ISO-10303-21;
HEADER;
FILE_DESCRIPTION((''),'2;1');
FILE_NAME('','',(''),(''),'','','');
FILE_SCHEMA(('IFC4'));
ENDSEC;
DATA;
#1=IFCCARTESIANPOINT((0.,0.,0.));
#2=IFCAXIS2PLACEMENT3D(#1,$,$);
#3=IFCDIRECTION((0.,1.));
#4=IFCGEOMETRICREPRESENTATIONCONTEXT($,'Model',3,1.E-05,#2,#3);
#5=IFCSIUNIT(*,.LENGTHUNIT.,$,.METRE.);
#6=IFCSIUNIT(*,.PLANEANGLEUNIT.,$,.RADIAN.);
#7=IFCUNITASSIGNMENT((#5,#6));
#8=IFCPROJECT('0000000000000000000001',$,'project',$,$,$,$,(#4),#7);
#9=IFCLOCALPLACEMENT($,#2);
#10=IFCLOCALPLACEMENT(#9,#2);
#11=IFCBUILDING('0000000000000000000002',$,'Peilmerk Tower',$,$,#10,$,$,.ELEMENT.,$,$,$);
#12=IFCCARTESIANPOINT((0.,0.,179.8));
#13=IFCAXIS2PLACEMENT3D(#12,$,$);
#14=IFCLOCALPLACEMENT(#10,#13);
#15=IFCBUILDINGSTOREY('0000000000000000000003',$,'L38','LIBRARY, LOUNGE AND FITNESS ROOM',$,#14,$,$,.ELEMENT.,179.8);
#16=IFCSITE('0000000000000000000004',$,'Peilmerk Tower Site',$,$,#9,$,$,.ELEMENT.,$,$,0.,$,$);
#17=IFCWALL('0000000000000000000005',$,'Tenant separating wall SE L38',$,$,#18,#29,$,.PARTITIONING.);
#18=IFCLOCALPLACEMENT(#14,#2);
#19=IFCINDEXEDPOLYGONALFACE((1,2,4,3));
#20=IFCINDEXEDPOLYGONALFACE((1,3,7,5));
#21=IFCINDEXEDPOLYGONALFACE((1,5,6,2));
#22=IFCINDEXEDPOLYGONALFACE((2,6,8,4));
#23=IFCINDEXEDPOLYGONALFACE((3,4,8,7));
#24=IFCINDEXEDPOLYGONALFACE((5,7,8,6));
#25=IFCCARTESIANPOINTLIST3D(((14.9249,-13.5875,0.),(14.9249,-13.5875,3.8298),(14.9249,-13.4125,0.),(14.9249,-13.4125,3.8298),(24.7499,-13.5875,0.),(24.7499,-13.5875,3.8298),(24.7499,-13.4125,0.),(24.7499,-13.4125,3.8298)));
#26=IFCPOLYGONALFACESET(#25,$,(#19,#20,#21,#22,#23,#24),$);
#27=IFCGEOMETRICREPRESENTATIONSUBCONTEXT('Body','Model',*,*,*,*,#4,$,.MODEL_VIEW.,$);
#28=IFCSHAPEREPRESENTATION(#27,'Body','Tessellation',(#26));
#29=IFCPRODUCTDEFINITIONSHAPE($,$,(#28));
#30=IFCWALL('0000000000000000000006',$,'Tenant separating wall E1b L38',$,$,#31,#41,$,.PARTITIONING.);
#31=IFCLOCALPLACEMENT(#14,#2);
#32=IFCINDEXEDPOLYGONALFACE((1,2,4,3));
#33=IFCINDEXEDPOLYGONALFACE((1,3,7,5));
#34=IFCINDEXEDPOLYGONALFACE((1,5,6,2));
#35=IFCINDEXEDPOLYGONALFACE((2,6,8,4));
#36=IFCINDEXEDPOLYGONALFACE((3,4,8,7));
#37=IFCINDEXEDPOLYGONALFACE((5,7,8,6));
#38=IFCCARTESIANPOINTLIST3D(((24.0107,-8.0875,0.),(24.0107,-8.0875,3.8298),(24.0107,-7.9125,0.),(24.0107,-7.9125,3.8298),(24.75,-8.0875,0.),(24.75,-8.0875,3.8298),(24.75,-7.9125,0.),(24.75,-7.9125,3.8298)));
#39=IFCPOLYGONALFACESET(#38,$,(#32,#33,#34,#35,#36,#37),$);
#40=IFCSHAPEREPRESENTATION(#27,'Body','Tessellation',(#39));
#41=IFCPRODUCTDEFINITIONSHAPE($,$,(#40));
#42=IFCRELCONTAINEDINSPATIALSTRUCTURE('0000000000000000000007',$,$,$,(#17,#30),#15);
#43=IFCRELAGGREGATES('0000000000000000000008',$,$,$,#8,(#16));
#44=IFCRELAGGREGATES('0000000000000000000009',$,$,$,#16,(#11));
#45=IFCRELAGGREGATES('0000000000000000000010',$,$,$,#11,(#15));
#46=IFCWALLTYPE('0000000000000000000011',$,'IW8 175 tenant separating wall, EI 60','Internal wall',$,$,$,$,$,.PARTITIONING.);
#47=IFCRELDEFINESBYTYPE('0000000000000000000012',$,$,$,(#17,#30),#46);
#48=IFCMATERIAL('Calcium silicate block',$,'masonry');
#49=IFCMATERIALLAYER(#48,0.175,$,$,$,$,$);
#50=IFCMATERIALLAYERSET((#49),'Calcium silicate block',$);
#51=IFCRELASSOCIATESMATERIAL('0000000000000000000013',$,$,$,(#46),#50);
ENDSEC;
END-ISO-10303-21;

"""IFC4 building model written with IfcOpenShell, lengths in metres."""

from ifc_helpers import new_model, si_unit, direction, frame, frame_2d, origin, place, context, subcontext, project, spatial, rectangle, extrude, material, layer, layer_set, type_object, element, save


model = new_model("IFC4")

# Units and contexts
model_context = context("Model", 3, precision=1e-05, world=origin(), true_north=direction((0.0, 1.0)))
body_context = subcontext(model_context, "Body", "Model", "MODEL_VIEW")
ifc_project = project(units=[si_unit("LENGTHUNIT", "METRE"), si_unit("PLANEANGLEUNIT", "RADIAN")], contexts=[model_context])

# Site, building, storey
site_placement = place(None, origin())
site = spatial("IfcSite", under=ifc_project, at=site_placement, Name="Peilmerk Tower Site", CompositionType="ELEMENT", RefElevation=0.0)
building_placement = place(site_placement, origin())
building = spatial("IfcBuilding", under=site, at=building_placement, Name="Peilmerk Tower", CompositionType="ELEMENT")
storey_placement = place(building_placement, frame((0.0, 0.0, 179.8)))
storey = spatial("IfcBuildingStorey", under=building, at=storey_placement, Name="L38", Description="LIBRARY, LOUNGE AND FITNESS ROOM", CompositionType="ELEMENT", Elevation=179.8)

# Walls
ifc_material_1 = material(Name="Calcium silicate block", Category="masonry")
ifc_layer_1 = layer(ifc_material_1, 0.175)
ifc_layer_set_1 = layer_set([ifc_layer_1], Name="Calcium silicate block")
wall_type_1 = type_object("IfcWallType", Name="IW8 175 tenant separating wall, EI 60", Description="Internal wall", PredefinedType="PARTITIONING", material=ifc_layer_set_1)
wall_1_placement = place(storey_placement, frame((24.75, -13.5, 0.0), z_axis=(0.0, 0.0, 1.0), x_axis=(-1.0, 0.0, 0.0)))
element("IfcWall", 1, at=wall_1_placement, inside=storey, type_object=wall_type_1, Name="Tenant separating wall SE L38", PredefinedType="PARTITIONING", context=body_context, shape_type="SweptSolid", body=[
    extrude(rectangle(XDim=9.825, YDim=0.175, at=frame_2d((4.9126, 0.0))), origin(), (0.0, 0.0, 1.0), 3.8298),
])
wall_2_placement = place(storey_placement, frame((24.0107, -8.0, 0.0), z_axis=(0.0, 0.0, 1.0), x_axis=(1.0, 0.0, 0.0)))
element("IfcWall", 2, at=wall_2_placement, inside=storey, type_object=wall_type_1, Name="Tenant separating wall E1b L38", PredefinedType="PARTITIONING", context=body_context, shape_type="SweptSolid", body=[
    extrude(rectangle(XDim=0.7393, YDim=0.175, at=frame_2d((0.3696, 0.0))), origin(), (0.0, 0.0, 1.0), 3.8298),
])

save(model, "model.ifc")
